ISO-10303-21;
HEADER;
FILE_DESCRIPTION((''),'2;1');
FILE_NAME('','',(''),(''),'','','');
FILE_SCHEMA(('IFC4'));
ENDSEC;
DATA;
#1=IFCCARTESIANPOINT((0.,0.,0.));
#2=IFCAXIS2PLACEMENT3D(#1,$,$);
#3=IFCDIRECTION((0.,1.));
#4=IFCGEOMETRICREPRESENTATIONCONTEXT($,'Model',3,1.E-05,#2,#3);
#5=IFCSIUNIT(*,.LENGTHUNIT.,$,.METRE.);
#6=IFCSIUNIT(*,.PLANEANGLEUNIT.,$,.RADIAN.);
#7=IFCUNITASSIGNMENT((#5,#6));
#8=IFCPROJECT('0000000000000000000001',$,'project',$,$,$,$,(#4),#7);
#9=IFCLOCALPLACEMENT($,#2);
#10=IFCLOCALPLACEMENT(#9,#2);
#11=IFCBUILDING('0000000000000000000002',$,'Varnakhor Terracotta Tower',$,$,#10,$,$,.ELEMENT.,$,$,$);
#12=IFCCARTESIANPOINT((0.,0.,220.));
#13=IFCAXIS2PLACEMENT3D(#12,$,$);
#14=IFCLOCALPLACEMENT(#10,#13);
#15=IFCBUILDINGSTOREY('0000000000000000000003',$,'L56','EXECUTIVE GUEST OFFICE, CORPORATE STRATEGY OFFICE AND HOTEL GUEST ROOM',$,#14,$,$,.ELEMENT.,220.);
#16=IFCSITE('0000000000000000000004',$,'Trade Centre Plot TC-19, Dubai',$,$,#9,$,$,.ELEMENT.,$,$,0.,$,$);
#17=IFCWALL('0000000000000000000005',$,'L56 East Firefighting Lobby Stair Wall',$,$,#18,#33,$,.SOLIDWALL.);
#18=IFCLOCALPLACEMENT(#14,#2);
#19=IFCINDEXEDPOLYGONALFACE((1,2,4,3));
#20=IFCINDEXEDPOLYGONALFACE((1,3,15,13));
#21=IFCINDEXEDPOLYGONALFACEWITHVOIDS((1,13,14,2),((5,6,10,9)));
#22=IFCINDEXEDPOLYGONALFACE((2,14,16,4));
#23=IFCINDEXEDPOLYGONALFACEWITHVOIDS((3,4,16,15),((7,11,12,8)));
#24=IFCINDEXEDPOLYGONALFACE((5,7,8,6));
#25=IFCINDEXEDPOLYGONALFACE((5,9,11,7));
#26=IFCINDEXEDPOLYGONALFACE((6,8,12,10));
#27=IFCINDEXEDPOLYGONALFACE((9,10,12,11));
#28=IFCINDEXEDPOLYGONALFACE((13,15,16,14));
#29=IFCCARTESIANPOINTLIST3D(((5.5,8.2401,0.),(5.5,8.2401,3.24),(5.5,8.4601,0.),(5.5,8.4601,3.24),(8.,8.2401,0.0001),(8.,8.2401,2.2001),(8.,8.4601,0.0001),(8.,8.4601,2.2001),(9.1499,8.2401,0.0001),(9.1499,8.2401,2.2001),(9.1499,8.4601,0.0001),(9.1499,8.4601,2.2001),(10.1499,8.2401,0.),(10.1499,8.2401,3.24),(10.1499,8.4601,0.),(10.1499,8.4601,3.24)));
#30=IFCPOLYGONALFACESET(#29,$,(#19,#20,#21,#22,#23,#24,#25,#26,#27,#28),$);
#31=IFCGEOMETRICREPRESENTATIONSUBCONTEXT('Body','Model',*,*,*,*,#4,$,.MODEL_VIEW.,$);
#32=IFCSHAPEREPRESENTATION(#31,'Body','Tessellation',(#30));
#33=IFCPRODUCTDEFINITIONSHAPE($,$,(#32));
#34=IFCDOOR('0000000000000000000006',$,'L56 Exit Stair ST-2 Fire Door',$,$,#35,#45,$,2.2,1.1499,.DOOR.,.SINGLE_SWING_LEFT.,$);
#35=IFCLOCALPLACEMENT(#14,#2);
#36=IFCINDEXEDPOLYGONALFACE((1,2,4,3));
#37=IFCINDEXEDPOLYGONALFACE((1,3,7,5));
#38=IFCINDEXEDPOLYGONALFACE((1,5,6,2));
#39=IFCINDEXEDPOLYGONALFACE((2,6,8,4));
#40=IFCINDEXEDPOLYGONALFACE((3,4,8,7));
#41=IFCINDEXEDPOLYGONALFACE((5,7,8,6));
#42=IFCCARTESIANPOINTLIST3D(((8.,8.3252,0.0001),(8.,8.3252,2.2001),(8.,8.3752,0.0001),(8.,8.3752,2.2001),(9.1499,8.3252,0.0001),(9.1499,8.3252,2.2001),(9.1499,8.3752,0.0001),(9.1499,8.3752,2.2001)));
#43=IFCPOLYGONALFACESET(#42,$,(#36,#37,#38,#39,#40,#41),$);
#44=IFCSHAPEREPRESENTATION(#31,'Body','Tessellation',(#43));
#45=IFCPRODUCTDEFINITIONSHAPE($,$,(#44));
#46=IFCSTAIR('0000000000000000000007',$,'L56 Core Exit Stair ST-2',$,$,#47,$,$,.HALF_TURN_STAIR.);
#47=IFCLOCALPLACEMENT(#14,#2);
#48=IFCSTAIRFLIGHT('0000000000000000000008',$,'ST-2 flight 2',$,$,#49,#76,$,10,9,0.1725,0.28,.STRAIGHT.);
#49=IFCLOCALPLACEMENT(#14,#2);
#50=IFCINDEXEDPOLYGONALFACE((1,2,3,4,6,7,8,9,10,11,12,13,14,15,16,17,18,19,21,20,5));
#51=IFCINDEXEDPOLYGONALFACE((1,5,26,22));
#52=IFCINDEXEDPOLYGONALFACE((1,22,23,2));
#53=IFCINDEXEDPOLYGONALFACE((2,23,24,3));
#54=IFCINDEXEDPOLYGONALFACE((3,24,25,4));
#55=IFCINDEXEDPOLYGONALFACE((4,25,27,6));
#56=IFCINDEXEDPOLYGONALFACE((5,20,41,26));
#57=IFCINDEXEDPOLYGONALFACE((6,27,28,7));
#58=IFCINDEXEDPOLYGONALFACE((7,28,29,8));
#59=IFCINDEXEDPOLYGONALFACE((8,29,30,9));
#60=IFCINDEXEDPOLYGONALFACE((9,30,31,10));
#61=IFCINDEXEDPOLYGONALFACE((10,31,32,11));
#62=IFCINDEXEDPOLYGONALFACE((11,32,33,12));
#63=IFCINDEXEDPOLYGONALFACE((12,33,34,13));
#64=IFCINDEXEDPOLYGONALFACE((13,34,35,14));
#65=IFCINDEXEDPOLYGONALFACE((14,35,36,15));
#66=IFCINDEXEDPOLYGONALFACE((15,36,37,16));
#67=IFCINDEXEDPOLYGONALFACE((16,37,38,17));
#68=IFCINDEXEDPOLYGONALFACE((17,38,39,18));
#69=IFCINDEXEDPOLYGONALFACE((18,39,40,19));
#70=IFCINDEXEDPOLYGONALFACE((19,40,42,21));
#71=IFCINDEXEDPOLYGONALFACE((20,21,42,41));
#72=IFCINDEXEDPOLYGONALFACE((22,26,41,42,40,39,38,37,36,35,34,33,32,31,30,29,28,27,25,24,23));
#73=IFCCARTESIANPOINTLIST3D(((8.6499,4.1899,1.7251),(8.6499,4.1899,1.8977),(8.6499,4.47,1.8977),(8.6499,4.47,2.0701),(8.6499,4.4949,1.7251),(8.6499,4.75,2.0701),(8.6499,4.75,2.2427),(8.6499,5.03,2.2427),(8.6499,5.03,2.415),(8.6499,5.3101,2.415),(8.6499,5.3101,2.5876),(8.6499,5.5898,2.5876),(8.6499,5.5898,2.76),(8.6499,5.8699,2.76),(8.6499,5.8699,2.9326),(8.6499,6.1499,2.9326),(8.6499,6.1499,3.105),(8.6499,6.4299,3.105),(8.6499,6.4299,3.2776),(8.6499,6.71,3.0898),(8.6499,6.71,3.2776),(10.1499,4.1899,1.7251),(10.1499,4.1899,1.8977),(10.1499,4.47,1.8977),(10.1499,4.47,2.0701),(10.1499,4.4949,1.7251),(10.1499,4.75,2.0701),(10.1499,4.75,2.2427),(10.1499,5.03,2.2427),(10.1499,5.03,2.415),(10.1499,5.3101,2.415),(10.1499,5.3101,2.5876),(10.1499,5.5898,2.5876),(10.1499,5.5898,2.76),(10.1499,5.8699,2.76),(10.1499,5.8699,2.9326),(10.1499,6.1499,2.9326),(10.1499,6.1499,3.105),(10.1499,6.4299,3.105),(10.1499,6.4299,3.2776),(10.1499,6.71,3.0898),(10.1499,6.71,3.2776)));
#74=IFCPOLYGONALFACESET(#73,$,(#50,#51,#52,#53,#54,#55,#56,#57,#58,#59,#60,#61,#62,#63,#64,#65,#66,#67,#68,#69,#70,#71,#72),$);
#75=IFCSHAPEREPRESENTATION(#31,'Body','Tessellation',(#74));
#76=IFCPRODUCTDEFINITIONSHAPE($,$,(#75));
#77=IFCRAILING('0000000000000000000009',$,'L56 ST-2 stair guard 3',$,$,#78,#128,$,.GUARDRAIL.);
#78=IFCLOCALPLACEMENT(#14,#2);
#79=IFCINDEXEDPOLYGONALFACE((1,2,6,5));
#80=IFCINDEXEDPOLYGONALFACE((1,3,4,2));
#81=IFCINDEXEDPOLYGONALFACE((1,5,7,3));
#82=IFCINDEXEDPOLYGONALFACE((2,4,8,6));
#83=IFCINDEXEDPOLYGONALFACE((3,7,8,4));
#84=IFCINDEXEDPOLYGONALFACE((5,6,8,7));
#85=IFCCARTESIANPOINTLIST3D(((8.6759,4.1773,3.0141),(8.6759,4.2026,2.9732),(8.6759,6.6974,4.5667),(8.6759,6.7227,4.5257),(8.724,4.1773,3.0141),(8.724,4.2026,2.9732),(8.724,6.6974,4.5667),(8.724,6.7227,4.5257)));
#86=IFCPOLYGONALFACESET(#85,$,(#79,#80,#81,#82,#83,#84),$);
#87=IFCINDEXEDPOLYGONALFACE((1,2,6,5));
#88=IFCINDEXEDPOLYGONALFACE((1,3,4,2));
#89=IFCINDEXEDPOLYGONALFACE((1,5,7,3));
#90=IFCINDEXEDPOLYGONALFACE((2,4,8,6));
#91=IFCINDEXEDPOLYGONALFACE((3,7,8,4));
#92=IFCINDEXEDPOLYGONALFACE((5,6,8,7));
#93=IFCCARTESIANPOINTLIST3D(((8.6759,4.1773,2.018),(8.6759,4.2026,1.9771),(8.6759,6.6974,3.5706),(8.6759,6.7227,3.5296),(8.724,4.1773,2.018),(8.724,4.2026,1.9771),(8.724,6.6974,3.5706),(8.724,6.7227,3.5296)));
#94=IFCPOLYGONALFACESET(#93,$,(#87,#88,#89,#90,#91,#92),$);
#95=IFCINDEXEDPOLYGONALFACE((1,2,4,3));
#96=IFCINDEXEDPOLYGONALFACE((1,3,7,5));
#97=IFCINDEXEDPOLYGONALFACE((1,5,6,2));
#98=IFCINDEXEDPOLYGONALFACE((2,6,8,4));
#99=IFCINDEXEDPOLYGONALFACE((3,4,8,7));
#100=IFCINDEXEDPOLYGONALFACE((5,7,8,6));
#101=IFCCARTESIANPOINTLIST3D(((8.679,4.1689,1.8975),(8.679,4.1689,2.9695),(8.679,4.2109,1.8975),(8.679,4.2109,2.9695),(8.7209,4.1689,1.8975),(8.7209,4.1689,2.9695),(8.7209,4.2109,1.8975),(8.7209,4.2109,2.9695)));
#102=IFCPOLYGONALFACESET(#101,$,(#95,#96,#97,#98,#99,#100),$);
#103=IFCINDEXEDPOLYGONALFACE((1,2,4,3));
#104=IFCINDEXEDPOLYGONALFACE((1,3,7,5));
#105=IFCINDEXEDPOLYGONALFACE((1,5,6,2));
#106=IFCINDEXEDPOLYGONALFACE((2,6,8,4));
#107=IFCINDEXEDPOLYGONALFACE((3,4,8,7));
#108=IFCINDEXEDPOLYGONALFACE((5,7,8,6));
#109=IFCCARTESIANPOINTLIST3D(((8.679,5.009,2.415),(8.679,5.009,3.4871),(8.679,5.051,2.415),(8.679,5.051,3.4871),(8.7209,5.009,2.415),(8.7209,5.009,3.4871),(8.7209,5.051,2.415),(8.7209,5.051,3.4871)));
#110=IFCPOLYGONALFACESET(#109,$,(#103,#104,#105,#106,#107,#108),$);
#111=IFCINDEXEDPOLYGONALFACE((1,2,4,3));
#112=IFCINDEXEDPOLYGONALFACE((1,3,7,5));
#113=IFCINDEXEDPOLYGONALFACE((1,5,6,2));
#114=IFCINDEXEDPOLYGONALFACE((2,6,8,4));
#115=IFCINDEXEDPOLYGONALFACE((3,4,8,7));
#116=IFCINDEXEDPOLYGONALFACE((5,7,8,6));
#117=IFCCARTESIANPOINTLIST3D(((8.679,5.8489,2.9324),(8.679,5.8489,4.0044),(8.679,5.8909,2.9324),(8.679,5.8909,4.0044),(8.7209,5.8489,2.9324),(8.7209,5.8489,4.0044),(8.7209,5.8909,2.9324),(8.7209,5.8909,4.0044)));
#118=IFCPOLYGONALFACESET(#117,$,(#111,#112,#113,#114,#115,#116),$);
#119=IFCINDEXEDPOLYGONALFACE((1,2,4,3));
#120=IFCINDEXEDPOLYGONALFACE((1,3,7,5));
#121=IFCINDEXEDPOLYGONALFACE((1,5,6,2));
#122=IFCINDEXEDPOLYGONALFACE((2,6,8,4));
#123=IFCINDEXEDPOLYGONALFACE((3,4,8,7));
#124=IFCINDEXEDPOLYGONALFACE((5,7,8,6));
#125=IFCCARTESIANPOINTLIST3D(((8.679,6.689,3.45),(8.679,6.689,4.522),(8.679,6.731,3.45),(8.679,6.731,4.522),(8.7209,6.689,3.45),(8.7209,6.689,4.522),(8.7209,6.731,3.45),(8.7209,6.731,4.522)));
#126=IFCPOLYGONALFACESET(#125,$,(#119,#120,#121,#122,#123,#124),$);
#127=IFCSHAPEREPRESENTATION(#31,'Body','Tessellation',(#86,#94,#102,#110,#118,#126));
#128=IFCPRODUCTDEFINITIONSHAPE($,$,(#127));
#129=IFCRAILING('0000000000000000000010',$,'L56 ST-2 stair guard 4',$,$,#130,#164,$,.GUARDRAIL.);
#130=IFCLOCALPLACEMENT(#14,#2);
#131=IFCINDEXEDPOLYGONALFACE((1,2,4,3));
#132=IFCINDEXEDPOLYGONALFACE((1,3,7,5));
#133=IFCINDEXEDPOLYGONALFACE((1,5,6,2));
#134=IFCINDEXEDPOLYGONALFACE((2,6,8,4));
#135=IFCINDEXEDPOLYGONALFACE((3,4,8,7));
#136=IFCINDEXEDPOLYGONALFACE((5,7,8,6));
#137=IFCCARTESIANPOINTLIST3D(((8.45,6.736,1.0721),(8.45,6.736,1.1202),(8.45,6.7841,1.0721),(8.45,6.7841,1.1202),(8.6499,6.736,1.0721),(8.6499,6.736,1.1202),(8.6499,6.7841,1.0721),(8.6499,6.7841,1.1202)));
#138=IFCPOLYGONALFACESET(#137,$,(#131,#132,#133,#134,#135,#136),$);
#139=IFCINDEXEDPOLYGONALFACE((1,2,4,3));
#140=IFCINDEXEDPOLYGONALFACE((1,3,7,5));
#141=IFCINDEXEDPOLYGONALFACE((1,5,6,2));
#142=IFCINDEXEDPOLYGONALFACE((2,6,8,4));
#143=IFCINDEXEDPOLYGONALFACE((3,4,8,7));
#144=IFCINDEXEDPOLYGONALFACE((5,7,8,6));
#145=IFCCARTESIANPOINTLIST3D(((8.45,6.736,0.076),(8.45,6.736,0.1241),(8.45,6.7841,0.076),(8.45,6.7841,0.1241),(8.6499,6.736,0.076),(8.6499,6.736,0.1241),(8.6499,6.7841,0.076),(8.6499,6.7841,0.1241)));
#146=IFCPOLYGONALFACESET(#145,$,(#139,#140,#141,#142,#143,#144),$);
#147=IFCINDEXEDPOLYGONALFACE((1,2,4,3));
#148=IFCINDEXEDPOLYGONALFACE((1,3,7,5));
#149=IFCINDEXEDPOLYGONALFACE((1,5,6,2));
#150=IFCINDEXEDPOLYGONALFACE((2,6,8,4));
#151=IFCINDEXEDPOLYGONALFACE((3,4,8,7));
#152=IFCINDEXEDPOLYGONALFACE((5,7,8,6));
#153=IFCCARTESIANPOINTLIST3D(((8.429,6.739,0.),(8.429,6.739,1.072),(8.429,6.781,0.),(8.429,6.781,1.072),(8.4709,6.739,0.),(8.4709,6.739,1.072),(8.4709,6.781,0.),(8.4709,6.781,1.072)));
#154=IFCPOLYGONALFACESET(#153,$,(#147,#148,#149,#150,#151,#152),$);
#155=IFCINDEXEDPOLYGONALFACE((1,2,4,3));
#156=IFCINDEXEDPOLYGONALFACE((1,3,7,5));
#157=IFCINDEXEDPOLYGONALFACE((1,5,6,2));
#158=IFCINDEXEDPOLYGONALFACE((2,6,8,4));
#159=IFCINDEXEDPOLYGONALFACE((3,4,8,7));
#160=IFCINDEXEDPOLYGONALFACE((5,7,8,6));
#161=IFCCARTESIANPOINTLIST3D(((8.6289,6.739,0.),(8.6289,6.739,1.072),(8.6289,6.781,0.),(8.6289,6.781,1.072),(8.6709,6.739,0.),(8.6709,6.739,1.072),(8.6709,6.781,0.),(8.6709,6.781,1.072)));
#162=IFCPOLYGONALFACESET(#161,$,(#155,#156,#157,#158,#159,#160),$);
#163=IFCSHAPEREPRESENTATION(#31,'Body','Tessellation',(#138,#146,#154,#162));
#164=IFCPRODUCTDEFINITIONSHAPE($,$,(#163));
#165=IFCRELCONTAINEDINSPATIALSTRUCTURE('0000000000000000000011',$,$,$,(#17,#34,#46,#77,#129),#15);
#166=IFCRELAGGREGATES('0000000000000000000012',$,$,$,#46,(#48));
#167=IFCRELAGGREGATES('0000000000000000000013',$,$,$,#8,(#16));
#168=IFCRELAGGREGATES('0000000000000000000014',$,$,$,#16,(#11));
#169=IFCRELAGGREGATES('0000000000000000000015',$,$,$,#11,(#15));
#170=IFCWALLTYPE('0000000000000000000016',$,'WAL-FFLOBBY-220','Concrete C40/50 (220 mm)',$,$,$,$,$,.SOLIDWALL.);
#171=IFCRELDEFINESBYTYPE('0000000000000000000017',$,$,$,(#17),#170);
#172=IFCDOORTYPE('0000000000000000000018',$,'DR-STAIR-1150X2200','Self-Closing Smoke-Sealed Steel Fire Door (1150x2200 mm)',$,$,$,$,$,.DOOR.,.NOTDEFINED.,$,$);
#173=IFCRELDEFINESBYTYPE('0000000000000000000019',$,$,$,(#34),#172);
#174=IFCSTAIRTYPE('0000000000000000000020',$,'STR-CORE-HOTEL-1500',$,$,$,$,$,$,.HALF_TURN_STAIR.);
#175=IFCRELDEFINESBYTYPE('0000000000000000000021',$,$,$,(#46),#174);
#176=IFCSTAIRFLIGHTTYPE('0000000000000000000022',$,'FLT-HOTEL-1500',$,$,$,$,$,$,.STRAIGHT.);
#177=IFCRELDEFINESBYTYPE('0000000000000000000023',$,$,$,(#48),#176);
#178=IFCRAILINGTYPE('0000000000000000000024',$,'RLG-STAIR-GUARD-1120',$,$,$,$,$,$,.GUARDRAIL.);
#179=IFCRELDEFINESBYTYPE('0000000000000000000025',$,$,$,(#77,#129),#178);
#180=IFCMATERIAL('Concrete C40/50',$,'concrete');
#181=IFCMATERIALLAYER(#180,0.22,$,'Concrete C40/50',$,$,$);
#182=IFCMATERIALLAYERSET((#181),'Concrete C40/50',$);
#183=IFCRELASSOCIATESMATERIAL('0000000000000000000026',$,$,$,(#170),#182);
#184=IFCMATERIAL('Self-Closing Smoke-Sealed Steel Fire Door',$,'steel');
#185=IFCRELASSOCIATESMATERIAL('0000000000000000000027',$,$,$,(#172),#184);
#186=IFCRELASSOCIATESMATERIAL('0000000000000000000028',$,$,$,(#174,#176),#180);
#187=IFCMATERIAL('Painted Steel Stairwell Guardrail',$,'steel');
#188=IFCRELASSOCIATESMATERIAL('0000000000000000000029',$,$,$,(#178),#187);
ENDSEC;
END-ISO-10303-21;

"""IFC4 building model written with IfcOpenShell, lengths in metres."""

from ifc_helpers import new_model, si_unit, direction, frame, frame_2d, origin, origin_2d, place, context, subcontext, project, spatial, polyline, rectangle, outline, extrude, source, transform, mapped, material, layer, layer_set, type_object, type_shapes, element, fill, aggregate, save


model = new_model("IFC4")

# Units and contexts
model_context = context("Model", 3, precision=1e-05, world=origin(), true_north=direction((0.0, 1.0)))
body_context = subcontext(model_context, "Body", "Model", "MODEL_VIEW")
ifc_project = project(units=[si_unit("LENGTHUNIT", "METRE"), si_unit("PLANEANGLEUNIT", "RADIAN")], contexts=[model_context])

# Site, building, storey
site_placement = place(None, origin())
site = spatial("IfcSite", under=ifc_project, at=site_placement, Name="Trade Centre Plot TC-19, Dubai", CompositionType="ELEMENT", RefElevation=0.0)
building_placement = place(site_placement, origin())
building = spatial("IfcBuilding", under=site, at=building_placement, Name="Varnakhor Terracotta Tower", CompositionType="ELEMENT")
storey_placement = place(building_placement, frame((0.0, 0.0, 220.0)))
storey = spatial("IfcBuildingStorey", under=building, at=storey_placement, Name="L56", Description="EXECUTIVE GUEST OFFICE, CORPORATE STRATEGY OFFICE AND HOTEL GUEST ROOM", CompositionType="ELEMENT", Elevation=220.0)

# Wall, opening, door
ifc_material_1 = material(Name="Concrete C40/50", Category="concrete")
ifc_layer_1 = layer(ifc_material_1, 0.22, Name="Concrete C40/50")
ifc_layer_set_1 = layer_set([ifc_layer_1], Name="Concrete C40/50")
wall_type_1 = type_object("IfcWallType", Name="WAL-FFLOBBY-220", Description="Concrete C40/50 (220 mm)", PredefinedType="SOLIDWALL", material=ifc_layer_set_1)
wall_1_placement = place(storey_placement, frame((10.1499, 8.3501, 0.0), z_axis=(0.0, 0.0, 1.0), x_axis=(-1.0, 0.0, 0.0)))
wall_1 = element("IfcWall", 1, at=wall_1_placement, inside=storey, type_object=wall_type_1, Name="L56 East Firefighting Lobby Stair Wall", PredefinedType="SOLIDWALL", context=body_context, shape_type="SweptSolid", body=[
    extrude(rectangle(XDim=4.6499, YDim=0.22, at=frame_2d((2.325, 0.0))), origin(), (0.0, 0.0, 1.0), 3.24),
])
opening_placement = place(wall_1_placement, frame((1.0, 0.0, 0.0)))
opening = element("IfcOpeningElement", 2, at=opening_placement, cuts=wall_1, PredefinedType="OPENING", context=body_context, shape_type="SweptSolid", body=[
    extrude(rectangle(XDim=1.1499, YDim=2.2, at=frame_2d((0.575, 1.1001))), frame((0.0, 0.1201, 0.0), z_axis=(0.0, -1.0, 0.0), x_axis=(1.0, 0.0, 0.0)), (0.0, 0.0, 1.0), 0.24),
])
ifc_material_2 = material(Name="Self-Closing Smoke-Sealed Steel Fire Door", Category="steel")
door_type = type_object("IfcDoorType", Name="DR-STAIR-1150X2200", Description="Self-Closing Smoke-Sealed Steel Fire Door (1150x2200 mm)", OperationType="NOTDEFINED", PredefinedType="DOOR", material=ifc_material_2)
shared_shape_1 = source(origin(), body_context, "Body", "SweptSolid", [
    extrude(rectangle(XDim=1.1499, YDim=2.2, at=frame_2d((0.575, 1.1001))), frame((0.0, 0.0249, 0.0), z_axis=(0.0, -1.0, 0.0), x_axis=(1.0, 0.0, 0.0)), (0.0, 0.0, 1.0), 0.05),
])
type_shapes(door_type, [shared_shape_1])
door_placement = place(opening_placement, origin())
door = element("IfcDoor", 3, at=door_placement, inside=storey, type_object=door_type, Name="L56 Exit Stair ST-2 Fire Door", OperationType="SINGLE_SWING_LEFT", OverallHeight=2.2, OverallWidth=1.1499, PredefinedType="DOOR", context=body_context, shape_type="MappedRepresentation", body=[
    mapped(shared_shape_1, transform((0.0, 0.0, 0.0), scale=1.0)),
])
fill(opening, door)

# Stair, stair flight
stair_type = type_object("IfcStairType", Name="STR-CORE-HOTEL-1500", PredefinedType="HALF_TURN_STAIR", material=ifc_material_1)
stair_placement = place(storey_placement, origin())
stair = element("IfcStair", 4, at=stair_placement, inside=storey, type_object=stair_type, Name="L56 Core Exit Stair ST-2", PredefinedType="HALF_TURN_STAIR")
stair_flight_type = type_object("IfcStairFlightType", Name="FLT-HOTEL-1500", PredefinedType="STRAIGHT", material=ifc_material_1)
stair_flight_placement = place(storey_placement, frame((9.3999, 4.1899, 1.7251), z_axis=(0.0, 0.0, 1.0), x_axis=(0.0, 1.0, 0.0)))
stair_flight = element("IfcStairFlight", 5, at=stair_flight_placement, type_object=stair_flight_type, Name="ST-2 flight 2", NumberOfRisers=10, NumberOfTreads=9, PredefinedType="STRAIGHT", RiserHeight=0.1725, TreadLength=0.28, context=body_context, shape_type="SweptSolid", body=[
    extrude(outline(polyline([(0.0, 0.0), (0.0, 0.1726), (0.28, 0.1726), (0.28, 0.345), (0.5601, 0.345), (0.5601, 0.5176), (0.8401, 0.5176), (0.8401, 0.6899), (1.1201, 0.6899), (1.1201, 0.8625), (1.3999, 0.8625), (1.3999, 1.0349), (1.6799, 1.0349), (1.6799, 1.2075), (1.96, 1.2075), (1.96, 1.3799), (2.24, 1.3799), (2.24, 1.5525), (2.52, 1.5525), (2.52, 1.7251), (2.52, 1.3647), (0.3049, 0.0), (0.0, 0.0)])), frame((0.0, 0.75, 0.0), z_axis=(0.0, -1.0, 0.0), x_axis=(1.0, 0.0, 0.0)), (0.0, 0.0, 1.0), 1.5),
])
aggregate(stair, [stair_flight])

# Railings
ifc_material_3 = material(Name="Painted Steel Stairwell Guardrail", Category="steel")
railing_type_1 = type_object("IfcRailingType", Name="RLG-STAIR-GUARD-1120", PredefinedType="GUARDRAIL", material=ifc_material_3)
railing_1_placement = place(storey_placement, frame((8.7, 4.1899, 1.8975)))
element("IfcRailing", 6, at=railing_1_placement, inside=storey, type_object=railing_type_1, Name="L56 ST-2 stair guard 3", PredefinedType="GUARDRAIL", context=body_context, shape_type="SweptSolid", body=[
    extrude(rectangle(XDim=0.0481, YDim=0.0481, at=origin_2d()), frame((0.0, 0.0, 1.0962), z_axis=(0.0, 0.8514, 0.524516), x_axis=(-1.0, 0.0, 0.0)), (0.0, 0.0, 1.0), 2.96),
    extrude(rectangle(XDim=0.0481, YDim=0.0481, at=origin_2d()), frame((0.0, 0.0, 0.1001), z_axis=(0.0, 0.8514, 0.524516), x_axis=(-1.0, 0.0, 0.0)), (0.0, 0.0, 1.0), 2.96),
    extrude(rectangle(XDim=0.042, YDim=0.042, at=origin_2d()), origin(), (0.0, 0.0, 1.0), 1.072),
    extrude(rectangle(XDim=0.042, YDim=0.042, at=origin_2d()), frame((0.0, 0.8401, 0.5176)), (0.0, 0.0, 1.0), 1.072),
    extrude(rectangle(XDim=0.042, YDim=0.042, at=origin_2d()), frame((0.0, 1.6799, 1.0349)), (0.0, 0.0, 1.0), 1.072),
    extrude(rectangle(XDim=0.042, YDim=0.042, at=origin_2d()), frame((0.0, 2.52, 1.5525)), (0.0, 0.0, 1.0), 1.072),
])
railing_2_placement = place(storey_placement, frame((8.45, 6.76, 0.0)))
element("IfcRailing", 7, at=railing_2_placement, inside=storey, type_object=railing_type_1, Name="L56 ST-2 stair guard 4", PredefinedType="GUARDRAIL", context=body_context, shape_type="SweptSolid", body=[
    extrude(rectangle(XDim=0.0481, YDim=0.0481, at=origin_2d()), frame((0.0, 0.0, 1.0962), z_axis=(1.0, 0.0, 0.0), x_axis=(0.0, 1.0, 0.0)), (0.0, 0.0, 1.0), 0.2),
    extrude(rectangle(XDim=0.0481, YDim=0.0481, at=origin_2d()), frame((0.0, 0.0, 0.1001), z_axis=(1.0, 0.0, 0.0), x_axis=(0.0, 1.0, 0.0)), (0.0, 0.0, 1.0), 0.2),
    extrude(rectangle(XDim=0.042, YDim=0.042, at=origin_2d()), origin(), (0.0, 0.0, 1.0), 1.072),
    extrude(rectangle(XDim=0.042, YDim=0.042, at=origin_2d()), frame((0.2, 0.0, 0.0)), (0.0, 0.0, 1.0), 1.072),
])

save(model, "model.ifc")
